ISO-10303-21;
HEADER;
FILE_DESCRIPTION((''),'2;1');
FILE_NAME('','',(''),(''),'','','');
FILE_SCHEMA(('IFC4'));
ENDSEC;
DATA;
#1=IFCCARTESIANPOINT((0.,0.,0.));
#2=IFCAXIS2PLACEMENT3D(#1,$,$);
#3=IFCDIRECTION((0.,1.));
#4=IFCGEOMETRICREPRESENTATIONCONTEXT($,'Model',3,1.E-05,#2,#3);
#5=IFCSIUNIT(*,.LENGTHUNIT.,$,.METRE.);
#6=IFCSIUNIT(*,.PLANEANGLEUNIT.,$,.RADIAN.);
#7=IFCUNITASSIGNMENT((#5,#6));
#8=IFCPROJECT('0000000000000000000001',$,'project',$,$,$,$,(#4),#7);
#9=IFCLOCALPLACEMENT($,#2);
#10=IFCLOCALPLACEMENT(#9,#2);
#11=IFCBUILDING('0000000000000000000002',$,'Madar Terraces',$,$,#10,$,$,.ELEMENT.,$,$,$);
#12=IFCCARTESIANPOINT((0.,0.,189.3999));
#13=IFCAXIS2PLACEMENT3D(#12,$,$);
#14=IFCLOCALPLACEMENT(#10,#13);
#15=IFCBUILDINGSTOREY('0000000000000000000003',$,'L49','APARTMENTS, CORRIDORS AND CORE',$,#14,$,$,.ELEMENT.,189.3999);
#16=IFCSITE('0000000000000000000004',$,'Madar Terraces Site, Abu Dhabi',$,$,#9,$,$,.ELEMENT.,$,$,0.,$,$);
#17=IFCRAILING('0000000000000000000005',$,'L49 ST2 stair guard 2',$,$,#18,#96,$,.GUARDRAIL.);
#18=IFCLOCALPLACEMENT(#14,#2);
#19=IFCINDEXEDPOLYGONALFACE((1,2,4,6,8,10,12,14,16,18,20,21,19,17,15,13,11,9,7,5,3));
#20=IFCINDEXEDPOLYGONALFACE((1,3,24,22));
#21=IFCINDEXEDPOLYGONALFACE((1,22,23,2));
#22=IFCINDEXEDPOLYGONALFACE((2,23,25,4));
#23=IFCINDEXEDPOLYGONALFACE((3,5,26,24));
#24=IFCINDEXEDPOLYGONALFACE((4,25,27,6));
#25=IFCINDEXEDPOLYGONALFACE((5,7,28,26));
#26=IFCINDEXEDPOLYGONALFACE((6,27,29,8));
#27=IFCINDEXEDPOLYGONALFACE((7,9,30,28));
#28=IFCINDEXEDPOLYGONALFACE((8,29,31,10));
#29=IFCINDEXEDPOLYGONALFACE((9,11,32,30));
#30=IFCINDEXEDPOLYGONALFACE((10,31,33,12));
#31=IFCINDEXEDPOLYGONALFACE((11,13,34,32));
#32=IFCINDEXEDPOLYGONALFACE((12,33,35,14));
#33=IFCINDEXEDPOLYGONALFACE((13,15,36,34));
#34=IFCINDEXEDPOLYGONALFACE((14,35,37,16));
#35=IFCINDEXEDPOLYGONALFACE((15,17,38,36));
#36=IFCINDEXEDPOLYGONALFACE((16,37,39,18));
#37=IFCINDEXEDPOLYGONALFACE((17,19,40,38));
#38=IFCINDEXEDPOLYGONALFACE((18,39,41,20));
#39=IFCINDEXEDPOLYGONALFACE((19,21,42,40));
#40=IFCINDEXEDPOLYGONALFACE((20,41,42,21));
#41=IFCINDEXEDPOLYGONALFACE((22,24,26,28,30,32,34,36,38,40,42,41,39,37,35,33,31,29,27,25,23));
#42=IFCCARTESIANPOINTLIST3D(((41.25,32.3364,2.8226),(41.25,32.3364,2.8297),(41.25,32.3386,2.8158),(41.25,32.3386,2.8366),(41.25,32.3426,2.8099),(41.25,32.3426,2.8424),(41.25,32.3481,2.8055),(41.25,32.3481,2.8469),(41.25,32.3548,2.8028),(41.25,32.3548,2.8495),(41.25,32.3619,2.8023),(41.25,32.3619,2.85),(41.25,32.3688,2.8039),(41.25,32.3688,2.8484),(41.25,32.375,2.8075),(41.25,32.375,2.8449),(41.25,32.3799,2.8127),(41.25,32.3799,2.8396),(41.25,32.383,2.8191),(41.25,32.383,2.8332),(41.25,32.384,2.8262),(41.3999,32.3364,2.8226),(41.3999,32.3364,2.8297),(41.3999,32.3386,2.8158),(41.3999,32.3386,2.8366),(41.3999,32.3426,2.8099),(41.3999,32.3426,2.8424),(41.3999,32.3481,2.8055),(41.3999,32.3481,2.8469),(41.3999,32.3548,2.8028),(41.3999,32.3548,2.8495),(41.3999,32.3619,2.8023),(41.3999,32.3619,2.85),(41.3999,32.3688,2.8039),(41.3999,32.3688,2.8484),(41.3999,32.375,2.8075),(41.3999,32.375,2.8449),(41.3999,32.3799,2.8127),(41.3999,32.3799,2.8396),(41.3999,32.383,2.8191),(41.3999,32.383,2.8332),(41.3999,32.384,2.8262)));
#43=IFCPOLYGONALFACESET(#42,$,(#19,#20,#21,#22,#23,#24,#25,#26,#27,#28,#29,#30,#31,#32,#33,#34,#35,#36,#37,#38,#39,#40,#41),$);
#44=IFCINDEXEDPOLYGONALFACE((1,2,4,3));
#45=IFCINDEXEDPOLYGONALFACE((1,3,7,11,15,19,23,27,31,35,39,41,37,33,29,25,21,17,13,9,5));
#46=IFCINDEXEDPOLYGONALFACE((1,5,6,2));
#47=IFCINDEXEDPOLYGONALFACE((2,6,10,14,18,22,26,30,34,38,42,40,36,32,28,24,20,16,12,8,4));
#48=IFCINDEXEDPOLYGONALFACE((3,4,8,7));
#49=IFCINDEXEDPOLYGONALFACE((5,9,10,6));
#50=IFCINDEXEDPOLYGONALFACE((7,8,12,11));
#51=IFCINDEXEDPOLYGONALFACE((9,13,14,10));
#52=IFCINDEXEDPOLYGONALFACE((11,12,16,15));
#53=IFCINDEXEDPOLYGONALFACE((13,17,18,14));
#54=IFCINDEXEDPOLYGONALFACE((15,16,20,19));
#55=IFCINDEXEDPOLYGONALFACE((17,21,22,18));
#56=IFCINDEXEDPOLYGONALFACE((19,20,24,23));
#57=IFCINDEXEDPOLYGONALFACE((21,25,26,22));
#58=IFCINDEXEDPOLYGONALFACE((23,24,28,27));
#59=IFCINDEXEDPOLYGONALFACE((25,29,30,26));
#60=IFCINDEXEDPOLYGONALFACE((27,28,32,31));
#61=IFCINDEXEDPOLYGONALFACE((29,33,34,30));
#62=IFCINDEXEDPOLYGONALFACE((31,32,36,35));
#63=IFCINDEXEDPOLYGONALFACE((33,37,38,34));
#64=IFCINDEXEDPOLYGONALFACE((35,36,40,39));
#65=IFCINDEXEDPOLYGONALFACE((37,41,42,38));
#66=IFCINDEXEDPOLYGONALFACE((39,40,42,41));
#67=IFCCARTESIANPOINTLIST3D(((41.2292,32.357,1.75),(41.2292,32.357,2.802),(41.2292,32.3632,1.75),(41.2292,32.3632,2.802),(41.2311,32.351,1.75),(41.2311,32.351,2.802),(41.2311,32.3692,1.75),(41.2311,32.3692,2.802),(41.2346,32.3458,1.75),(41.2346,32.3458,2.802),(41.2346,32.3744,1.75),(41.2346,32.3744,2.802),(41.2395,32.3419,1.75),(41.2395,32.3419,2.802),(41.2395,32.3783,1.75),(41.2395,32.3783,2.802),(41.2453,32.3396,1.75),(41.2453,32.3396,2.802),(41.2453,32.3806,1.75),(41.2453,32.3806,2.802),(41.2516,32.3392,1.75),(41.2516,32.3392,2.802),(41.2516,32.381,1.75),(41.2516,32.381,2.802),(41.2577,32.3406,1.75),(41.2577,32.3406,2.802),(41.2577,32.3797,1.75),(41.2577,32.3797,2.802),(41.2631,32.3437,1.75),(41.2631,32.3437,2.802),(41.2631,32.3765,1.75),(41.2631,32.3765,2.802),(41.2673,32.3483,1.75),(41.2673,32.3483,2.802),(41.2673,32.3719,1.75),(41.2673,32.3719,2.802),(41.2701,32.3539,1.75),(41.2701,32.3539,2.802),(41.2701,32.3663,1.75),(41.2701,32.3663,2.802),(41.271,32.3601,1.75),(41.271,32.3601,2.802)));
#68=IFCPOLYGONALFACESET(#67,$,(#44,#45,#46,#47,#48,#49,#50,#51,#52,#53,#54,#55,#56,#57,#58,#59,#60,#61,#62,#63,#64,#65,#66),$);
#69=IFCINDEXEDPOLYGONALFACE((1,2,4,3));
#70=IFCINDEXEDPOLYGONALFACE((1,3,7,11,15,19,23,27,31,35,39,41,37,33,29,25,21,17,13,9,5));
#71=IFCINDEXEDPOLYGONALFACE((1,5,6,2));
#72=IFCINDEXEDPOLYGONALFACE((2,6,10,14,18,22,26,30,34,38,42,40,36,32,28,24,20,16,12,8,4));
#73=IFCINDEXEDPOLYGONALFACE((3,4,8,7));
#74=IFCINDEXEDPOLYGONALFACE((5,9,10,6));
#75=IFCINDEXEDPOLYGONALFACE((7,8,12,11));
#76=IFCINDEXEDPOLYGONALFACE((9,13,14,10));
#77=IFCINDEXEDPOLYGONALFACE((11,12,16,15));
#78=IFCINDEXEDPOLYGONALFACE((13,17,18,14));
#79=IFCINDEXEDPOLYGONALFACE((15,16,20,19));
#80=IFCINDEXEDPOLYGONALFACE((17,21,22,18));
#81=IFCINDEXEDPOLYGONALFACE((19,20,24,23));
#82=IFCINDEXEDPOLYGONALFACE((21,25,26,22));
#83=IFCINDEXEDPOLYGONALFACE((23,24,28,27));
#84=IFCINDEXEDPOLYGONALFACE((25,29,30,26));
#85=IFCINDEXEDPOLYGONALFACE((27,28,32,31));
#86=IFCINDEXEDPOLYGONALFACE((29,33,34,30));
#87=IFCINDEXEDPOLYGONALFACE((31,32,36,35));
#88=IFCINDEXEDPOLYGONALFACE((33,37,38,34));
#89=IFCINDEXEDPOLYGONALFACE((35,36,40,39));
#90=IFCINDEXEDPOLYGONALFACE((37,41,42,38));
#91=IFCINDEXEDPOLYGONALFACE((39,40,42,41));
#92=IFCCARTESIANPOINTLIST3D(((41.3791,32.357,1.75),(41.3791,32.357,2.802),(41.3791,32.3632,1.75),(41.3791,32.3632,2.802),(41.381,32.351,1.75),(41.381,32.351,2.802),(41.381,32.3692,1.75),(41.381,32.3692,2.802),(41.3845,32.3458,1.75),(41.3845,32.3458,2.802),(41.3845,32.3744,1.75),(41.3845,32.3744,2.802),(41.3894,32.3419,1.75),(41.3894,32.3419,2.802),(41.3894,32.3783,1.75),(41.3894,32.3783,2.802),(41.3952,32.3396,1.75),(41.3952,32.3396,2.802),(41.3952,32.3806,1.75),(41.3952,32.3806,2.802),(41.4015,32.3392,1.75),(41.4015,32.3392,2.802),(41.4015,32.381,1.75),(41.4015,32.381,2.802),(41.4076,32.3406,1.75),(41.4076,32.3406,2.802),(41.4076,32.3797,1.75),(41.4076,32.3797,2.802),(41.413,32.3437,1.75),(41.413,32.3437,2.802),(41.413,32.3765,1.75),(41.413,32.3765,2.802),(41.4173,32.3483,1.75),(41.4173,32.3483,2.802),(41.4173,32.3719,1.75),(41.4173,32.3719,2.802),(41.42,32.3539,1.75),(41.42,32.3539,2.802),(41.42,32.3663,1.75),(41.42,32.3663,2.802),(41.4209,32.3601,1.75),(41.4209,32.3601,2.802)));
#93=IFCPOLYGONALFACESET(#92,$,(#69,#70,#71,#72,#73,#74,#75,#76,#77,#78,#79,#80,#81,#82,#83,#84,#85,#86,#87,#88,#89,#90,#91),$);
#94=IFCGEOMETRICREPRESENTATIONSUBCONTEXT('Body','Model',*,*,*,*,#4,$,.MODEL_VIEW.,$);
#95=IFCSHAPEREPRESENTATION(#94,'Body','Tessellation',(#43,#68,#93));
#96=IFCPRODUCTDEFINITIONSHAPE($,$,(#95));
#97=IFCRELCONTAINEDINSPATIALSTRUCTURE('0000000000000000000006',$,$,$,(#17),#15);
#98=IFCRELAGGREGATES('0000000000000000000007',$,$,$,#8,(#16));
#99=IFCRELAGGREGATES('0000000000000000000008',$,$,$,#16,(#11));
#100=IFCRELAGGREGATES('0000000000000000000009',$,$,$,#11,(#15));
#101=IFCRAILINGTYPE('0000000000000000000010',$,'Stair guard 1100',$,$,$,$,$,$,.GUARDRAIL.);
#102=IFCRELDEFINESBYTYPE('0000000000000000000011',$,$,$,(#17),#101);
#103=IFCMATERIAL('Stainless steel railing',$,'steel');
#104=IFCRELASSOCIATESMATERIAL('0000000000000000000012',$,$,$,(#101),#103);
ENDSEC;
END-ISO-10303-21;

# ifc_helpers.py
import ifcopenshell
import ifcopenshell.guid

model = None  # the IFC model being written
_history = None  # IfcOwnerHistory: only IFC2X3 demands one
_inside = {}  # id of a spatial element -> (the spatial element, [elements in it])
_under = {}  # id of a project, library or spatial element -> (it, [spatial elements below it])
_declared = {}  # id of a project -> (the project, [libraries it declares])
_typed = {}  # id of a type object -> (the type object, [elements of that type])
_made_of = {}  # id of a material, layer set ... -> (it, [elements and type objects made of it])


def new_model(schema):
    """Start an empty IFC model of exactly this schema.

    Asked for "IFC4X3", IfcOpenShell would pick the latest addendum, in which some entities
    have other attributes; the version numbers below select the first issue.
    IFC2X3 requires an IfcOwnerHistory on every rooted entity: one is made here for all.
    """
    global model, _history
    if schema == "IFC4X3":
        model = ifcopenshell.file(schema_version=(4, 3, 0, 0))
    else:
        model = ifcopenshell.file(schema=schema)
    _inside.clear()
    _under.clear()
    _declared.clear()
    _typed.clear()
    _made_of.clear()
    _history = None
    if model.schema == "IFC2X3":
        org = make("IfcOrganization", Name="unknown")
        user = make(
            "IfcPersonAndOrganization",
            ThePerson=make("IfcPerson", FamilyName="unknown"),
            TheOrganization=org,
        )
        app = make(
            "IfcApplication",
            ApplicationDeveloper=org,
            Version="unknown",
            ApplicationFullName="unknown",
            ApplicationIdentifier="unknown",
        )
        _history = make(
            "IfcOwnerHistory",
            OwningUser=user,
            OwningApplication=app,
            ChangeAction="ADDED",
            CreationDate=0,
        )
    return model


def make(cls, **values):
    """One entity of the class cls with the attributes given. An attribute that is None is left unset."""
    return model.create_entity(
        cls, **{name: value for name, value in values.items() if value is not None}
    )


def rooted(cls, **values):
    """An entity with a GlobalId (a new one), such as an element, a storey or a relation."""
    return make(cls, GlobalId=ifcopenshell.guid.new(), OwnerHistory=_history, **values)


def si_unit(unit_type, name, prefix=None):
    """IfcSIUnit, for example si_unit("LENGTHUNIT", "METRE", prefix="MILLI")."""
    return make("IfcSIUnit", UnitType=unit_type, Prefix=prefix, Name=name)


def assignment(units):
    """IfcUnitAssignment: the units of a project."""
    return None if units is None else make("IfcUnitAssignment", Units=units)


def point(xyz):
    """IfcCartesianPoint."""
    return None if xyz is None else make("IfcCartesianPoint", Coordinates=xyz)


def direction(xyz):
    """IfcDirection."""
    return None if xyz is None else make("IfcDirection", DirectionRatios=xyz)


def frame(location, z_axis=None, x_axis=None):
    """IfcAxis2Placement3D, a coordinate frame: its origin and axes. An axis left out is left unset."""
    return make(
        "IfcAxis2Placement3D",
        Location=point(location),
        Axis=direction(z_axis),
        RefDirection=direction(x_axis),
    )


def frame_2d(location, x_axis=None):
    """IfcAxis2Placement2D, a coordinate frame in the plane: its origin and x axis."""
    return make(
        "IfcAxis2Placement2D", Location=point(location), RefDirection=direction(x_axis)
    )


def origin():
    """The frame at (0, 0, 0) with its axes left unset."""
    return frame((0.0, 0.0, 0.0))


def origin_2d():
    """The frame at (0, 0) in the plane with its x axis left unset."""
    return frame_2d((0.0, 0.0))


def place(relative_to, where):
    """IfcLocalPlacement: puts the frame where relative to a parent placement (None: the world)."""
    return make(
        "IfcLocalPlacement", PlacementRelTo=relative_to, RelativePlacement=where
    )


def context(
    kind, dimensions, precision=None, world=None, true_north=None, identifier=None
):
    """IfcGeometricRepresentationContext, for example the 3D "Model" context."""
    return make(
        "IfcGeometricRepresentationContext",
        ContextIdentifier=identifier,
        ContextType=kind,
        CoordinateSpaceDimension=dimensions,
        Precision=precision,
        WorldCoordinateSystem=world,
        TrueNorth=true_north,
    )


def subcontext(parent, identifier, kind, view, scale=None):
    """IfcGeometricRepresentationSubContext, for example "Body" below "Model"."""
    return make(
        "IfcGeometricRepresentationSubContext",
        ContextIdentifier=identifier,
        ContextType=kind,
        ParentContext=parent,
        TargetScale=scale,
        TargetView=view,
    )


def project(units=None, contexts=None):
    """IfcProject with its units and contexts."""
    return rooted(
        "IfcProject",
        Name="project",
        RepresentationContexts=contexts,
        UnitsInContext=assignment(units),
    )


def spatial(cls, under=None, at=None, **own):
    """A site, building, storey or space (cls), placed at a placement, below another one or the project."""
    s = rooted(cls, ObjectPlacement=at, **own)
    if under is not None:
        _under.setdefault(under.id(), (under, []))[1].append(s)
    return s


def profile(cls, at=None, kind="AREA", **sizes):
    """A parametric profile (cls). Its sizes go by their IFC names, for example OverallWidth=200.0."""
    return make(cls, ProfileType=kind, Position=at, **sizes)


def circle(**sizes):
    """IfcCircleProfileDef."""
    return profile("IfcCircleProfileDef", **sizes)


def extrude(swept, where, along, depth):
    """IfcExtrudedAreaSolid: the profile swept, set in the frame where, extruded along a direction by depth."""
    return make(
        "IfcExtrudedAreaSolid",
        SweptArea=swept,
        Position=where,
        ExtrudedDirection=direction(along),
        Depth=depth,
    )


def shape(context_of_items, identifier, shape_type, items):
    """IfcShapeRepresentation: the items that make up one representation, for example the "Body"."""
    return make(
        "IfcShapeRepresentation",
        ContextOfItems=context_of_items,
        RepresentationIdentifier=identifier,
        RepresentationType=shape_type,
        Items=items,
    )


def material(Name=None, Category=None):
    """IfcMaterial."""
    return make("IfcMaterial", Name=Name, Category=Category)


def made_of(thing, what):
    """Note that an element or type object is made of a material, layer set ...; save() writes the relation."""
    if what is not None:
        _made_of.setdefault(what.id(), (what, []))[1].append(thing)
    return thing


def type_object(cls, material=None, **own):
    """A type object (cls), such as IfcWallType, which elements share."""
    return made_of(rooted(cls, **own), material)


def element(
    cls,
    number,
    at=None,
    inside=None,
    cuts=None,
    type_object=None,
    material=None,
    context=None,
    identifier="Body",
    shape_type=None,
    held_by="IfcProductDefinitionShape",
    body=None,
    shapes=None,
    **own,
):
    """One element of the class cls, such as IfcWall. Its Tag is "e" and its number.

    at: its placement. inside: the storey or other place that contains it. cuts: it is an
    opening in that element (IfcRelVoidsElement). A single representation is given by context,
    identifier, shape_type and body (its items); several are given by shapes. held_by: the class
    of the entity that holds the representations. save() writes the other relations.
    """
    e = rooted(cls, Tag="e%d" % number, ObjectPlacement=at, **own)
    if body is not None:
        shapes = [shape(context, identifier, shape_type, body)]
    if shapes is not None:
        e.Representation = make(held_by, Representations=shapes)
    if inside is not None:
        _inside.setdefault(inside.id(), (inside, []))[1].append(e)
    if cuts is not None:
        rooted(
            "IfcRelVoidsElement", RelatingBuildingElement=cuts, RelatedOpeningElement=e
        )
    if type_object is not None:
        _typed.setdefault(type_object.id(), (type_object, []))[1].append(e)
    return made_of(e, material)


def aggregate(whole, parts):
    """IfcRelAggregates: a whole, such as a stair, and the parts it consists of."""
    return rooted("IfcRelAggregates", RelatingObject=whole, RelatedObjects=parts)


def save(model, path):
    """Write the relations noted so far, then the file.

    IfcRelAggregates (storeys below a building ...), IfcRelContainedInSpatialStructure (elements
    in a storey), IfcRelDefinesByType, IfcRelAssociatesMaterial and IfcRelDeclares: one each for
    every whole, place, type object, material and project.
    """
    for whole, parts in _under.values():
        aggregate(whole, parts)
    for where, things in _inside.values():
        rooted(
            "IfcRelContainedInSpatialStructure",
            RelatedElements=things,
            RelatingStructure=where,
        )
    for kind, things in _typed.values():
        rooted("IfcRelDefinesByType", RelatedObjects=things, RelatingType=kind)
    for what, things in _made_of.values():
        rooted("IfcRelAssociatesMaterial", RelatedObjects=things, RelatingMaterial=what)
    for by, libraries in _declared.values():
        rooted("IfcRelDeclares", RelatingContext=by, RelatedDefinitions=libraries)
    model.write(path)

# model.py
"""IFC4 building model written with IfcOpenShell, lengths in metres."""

from ifc_helpers import new_model, si_unit, direction, frame, origin, origin_2d, place, context, subcontext, project, spatial, circle, extrude, material, type_object, element, save


model = new_model("IFC4")

# Units and contexts
model_context = context("Model", 3, precision=1e-05, world=origin(), true_north=direction((0.0, 1.0)))
body_context = subcontext(model_context, "Body", "Model", "MODEL_VIEW")
ifc_project = project(units=[si_unit("LENGTHUNIT", "METRE"), si_unit("PLANEANGLEUNIT", "RADIAN")], contexts=[model_context])

# Site, building, storey
site_placement = place(None, origin())
site = spatial("IfcSite", under=ifc_project, at=site_placement, Name="Madar Terraces Site, Abu Dhabi", CompositionType="ELEMENT", RefElevation=0.0)
building_placement = place(site_placement, origin())
building = spatial("IfcBuilding", under=site, at=building_placement, Name="Madar Terraces", CompositionType="ELEMENT")
storey_placement = place(building_placement, frame((0.0, 0.0, 189.3999)))
storey = spatial("IfcBuildingStorey", under=building, at=storey_placement, Name="L49", Description="APARTMENTS, CORRIDORS AND CORE", CompositionType="ELEMENT", Elevation=189.3999)

# Railing
ifc_material_1 = material(Name="Stainless steel railing", Category="steel")
railing_type_1 = type_object("IfcRailingType", Name="Stair guard 1100", PredefinedType="GUARDRAIL", material=ifc_material_1)
railing_1_placement = place(storey_placement, frame((41.25, 32.3601, 1.75)))
element("IfcRailing", 1, at=railing_1_placement, inside=storey, type_object=railing_type_1, Name="L49 ST2 stair guard 2", PredefinedType="GUARDRAIL", context=body_context, shape_type="SweptSolid", body=[
    extrude(circle(Radius=0.0239, at=origin_2d()), frame((0.0, 0.0, 1.0762), z_axis=(1.0, 0.0, 0.0), x_axis=(0.0, 1.0, 0.0)), (0.0, 0.0, 1.0), 0.1499),
    extrude(circle(Radius=0.021, at=origin_2d()), origin(), (0.0, 0.0, 1.0), 1.052),
    extrude(circle(Radius=0.021, at=origin_2d()), frame((0.1499, 0.0, 0.0)), (0.0, 0.0, 1.0), 1.052),
])

save(model, "model.ifc")
